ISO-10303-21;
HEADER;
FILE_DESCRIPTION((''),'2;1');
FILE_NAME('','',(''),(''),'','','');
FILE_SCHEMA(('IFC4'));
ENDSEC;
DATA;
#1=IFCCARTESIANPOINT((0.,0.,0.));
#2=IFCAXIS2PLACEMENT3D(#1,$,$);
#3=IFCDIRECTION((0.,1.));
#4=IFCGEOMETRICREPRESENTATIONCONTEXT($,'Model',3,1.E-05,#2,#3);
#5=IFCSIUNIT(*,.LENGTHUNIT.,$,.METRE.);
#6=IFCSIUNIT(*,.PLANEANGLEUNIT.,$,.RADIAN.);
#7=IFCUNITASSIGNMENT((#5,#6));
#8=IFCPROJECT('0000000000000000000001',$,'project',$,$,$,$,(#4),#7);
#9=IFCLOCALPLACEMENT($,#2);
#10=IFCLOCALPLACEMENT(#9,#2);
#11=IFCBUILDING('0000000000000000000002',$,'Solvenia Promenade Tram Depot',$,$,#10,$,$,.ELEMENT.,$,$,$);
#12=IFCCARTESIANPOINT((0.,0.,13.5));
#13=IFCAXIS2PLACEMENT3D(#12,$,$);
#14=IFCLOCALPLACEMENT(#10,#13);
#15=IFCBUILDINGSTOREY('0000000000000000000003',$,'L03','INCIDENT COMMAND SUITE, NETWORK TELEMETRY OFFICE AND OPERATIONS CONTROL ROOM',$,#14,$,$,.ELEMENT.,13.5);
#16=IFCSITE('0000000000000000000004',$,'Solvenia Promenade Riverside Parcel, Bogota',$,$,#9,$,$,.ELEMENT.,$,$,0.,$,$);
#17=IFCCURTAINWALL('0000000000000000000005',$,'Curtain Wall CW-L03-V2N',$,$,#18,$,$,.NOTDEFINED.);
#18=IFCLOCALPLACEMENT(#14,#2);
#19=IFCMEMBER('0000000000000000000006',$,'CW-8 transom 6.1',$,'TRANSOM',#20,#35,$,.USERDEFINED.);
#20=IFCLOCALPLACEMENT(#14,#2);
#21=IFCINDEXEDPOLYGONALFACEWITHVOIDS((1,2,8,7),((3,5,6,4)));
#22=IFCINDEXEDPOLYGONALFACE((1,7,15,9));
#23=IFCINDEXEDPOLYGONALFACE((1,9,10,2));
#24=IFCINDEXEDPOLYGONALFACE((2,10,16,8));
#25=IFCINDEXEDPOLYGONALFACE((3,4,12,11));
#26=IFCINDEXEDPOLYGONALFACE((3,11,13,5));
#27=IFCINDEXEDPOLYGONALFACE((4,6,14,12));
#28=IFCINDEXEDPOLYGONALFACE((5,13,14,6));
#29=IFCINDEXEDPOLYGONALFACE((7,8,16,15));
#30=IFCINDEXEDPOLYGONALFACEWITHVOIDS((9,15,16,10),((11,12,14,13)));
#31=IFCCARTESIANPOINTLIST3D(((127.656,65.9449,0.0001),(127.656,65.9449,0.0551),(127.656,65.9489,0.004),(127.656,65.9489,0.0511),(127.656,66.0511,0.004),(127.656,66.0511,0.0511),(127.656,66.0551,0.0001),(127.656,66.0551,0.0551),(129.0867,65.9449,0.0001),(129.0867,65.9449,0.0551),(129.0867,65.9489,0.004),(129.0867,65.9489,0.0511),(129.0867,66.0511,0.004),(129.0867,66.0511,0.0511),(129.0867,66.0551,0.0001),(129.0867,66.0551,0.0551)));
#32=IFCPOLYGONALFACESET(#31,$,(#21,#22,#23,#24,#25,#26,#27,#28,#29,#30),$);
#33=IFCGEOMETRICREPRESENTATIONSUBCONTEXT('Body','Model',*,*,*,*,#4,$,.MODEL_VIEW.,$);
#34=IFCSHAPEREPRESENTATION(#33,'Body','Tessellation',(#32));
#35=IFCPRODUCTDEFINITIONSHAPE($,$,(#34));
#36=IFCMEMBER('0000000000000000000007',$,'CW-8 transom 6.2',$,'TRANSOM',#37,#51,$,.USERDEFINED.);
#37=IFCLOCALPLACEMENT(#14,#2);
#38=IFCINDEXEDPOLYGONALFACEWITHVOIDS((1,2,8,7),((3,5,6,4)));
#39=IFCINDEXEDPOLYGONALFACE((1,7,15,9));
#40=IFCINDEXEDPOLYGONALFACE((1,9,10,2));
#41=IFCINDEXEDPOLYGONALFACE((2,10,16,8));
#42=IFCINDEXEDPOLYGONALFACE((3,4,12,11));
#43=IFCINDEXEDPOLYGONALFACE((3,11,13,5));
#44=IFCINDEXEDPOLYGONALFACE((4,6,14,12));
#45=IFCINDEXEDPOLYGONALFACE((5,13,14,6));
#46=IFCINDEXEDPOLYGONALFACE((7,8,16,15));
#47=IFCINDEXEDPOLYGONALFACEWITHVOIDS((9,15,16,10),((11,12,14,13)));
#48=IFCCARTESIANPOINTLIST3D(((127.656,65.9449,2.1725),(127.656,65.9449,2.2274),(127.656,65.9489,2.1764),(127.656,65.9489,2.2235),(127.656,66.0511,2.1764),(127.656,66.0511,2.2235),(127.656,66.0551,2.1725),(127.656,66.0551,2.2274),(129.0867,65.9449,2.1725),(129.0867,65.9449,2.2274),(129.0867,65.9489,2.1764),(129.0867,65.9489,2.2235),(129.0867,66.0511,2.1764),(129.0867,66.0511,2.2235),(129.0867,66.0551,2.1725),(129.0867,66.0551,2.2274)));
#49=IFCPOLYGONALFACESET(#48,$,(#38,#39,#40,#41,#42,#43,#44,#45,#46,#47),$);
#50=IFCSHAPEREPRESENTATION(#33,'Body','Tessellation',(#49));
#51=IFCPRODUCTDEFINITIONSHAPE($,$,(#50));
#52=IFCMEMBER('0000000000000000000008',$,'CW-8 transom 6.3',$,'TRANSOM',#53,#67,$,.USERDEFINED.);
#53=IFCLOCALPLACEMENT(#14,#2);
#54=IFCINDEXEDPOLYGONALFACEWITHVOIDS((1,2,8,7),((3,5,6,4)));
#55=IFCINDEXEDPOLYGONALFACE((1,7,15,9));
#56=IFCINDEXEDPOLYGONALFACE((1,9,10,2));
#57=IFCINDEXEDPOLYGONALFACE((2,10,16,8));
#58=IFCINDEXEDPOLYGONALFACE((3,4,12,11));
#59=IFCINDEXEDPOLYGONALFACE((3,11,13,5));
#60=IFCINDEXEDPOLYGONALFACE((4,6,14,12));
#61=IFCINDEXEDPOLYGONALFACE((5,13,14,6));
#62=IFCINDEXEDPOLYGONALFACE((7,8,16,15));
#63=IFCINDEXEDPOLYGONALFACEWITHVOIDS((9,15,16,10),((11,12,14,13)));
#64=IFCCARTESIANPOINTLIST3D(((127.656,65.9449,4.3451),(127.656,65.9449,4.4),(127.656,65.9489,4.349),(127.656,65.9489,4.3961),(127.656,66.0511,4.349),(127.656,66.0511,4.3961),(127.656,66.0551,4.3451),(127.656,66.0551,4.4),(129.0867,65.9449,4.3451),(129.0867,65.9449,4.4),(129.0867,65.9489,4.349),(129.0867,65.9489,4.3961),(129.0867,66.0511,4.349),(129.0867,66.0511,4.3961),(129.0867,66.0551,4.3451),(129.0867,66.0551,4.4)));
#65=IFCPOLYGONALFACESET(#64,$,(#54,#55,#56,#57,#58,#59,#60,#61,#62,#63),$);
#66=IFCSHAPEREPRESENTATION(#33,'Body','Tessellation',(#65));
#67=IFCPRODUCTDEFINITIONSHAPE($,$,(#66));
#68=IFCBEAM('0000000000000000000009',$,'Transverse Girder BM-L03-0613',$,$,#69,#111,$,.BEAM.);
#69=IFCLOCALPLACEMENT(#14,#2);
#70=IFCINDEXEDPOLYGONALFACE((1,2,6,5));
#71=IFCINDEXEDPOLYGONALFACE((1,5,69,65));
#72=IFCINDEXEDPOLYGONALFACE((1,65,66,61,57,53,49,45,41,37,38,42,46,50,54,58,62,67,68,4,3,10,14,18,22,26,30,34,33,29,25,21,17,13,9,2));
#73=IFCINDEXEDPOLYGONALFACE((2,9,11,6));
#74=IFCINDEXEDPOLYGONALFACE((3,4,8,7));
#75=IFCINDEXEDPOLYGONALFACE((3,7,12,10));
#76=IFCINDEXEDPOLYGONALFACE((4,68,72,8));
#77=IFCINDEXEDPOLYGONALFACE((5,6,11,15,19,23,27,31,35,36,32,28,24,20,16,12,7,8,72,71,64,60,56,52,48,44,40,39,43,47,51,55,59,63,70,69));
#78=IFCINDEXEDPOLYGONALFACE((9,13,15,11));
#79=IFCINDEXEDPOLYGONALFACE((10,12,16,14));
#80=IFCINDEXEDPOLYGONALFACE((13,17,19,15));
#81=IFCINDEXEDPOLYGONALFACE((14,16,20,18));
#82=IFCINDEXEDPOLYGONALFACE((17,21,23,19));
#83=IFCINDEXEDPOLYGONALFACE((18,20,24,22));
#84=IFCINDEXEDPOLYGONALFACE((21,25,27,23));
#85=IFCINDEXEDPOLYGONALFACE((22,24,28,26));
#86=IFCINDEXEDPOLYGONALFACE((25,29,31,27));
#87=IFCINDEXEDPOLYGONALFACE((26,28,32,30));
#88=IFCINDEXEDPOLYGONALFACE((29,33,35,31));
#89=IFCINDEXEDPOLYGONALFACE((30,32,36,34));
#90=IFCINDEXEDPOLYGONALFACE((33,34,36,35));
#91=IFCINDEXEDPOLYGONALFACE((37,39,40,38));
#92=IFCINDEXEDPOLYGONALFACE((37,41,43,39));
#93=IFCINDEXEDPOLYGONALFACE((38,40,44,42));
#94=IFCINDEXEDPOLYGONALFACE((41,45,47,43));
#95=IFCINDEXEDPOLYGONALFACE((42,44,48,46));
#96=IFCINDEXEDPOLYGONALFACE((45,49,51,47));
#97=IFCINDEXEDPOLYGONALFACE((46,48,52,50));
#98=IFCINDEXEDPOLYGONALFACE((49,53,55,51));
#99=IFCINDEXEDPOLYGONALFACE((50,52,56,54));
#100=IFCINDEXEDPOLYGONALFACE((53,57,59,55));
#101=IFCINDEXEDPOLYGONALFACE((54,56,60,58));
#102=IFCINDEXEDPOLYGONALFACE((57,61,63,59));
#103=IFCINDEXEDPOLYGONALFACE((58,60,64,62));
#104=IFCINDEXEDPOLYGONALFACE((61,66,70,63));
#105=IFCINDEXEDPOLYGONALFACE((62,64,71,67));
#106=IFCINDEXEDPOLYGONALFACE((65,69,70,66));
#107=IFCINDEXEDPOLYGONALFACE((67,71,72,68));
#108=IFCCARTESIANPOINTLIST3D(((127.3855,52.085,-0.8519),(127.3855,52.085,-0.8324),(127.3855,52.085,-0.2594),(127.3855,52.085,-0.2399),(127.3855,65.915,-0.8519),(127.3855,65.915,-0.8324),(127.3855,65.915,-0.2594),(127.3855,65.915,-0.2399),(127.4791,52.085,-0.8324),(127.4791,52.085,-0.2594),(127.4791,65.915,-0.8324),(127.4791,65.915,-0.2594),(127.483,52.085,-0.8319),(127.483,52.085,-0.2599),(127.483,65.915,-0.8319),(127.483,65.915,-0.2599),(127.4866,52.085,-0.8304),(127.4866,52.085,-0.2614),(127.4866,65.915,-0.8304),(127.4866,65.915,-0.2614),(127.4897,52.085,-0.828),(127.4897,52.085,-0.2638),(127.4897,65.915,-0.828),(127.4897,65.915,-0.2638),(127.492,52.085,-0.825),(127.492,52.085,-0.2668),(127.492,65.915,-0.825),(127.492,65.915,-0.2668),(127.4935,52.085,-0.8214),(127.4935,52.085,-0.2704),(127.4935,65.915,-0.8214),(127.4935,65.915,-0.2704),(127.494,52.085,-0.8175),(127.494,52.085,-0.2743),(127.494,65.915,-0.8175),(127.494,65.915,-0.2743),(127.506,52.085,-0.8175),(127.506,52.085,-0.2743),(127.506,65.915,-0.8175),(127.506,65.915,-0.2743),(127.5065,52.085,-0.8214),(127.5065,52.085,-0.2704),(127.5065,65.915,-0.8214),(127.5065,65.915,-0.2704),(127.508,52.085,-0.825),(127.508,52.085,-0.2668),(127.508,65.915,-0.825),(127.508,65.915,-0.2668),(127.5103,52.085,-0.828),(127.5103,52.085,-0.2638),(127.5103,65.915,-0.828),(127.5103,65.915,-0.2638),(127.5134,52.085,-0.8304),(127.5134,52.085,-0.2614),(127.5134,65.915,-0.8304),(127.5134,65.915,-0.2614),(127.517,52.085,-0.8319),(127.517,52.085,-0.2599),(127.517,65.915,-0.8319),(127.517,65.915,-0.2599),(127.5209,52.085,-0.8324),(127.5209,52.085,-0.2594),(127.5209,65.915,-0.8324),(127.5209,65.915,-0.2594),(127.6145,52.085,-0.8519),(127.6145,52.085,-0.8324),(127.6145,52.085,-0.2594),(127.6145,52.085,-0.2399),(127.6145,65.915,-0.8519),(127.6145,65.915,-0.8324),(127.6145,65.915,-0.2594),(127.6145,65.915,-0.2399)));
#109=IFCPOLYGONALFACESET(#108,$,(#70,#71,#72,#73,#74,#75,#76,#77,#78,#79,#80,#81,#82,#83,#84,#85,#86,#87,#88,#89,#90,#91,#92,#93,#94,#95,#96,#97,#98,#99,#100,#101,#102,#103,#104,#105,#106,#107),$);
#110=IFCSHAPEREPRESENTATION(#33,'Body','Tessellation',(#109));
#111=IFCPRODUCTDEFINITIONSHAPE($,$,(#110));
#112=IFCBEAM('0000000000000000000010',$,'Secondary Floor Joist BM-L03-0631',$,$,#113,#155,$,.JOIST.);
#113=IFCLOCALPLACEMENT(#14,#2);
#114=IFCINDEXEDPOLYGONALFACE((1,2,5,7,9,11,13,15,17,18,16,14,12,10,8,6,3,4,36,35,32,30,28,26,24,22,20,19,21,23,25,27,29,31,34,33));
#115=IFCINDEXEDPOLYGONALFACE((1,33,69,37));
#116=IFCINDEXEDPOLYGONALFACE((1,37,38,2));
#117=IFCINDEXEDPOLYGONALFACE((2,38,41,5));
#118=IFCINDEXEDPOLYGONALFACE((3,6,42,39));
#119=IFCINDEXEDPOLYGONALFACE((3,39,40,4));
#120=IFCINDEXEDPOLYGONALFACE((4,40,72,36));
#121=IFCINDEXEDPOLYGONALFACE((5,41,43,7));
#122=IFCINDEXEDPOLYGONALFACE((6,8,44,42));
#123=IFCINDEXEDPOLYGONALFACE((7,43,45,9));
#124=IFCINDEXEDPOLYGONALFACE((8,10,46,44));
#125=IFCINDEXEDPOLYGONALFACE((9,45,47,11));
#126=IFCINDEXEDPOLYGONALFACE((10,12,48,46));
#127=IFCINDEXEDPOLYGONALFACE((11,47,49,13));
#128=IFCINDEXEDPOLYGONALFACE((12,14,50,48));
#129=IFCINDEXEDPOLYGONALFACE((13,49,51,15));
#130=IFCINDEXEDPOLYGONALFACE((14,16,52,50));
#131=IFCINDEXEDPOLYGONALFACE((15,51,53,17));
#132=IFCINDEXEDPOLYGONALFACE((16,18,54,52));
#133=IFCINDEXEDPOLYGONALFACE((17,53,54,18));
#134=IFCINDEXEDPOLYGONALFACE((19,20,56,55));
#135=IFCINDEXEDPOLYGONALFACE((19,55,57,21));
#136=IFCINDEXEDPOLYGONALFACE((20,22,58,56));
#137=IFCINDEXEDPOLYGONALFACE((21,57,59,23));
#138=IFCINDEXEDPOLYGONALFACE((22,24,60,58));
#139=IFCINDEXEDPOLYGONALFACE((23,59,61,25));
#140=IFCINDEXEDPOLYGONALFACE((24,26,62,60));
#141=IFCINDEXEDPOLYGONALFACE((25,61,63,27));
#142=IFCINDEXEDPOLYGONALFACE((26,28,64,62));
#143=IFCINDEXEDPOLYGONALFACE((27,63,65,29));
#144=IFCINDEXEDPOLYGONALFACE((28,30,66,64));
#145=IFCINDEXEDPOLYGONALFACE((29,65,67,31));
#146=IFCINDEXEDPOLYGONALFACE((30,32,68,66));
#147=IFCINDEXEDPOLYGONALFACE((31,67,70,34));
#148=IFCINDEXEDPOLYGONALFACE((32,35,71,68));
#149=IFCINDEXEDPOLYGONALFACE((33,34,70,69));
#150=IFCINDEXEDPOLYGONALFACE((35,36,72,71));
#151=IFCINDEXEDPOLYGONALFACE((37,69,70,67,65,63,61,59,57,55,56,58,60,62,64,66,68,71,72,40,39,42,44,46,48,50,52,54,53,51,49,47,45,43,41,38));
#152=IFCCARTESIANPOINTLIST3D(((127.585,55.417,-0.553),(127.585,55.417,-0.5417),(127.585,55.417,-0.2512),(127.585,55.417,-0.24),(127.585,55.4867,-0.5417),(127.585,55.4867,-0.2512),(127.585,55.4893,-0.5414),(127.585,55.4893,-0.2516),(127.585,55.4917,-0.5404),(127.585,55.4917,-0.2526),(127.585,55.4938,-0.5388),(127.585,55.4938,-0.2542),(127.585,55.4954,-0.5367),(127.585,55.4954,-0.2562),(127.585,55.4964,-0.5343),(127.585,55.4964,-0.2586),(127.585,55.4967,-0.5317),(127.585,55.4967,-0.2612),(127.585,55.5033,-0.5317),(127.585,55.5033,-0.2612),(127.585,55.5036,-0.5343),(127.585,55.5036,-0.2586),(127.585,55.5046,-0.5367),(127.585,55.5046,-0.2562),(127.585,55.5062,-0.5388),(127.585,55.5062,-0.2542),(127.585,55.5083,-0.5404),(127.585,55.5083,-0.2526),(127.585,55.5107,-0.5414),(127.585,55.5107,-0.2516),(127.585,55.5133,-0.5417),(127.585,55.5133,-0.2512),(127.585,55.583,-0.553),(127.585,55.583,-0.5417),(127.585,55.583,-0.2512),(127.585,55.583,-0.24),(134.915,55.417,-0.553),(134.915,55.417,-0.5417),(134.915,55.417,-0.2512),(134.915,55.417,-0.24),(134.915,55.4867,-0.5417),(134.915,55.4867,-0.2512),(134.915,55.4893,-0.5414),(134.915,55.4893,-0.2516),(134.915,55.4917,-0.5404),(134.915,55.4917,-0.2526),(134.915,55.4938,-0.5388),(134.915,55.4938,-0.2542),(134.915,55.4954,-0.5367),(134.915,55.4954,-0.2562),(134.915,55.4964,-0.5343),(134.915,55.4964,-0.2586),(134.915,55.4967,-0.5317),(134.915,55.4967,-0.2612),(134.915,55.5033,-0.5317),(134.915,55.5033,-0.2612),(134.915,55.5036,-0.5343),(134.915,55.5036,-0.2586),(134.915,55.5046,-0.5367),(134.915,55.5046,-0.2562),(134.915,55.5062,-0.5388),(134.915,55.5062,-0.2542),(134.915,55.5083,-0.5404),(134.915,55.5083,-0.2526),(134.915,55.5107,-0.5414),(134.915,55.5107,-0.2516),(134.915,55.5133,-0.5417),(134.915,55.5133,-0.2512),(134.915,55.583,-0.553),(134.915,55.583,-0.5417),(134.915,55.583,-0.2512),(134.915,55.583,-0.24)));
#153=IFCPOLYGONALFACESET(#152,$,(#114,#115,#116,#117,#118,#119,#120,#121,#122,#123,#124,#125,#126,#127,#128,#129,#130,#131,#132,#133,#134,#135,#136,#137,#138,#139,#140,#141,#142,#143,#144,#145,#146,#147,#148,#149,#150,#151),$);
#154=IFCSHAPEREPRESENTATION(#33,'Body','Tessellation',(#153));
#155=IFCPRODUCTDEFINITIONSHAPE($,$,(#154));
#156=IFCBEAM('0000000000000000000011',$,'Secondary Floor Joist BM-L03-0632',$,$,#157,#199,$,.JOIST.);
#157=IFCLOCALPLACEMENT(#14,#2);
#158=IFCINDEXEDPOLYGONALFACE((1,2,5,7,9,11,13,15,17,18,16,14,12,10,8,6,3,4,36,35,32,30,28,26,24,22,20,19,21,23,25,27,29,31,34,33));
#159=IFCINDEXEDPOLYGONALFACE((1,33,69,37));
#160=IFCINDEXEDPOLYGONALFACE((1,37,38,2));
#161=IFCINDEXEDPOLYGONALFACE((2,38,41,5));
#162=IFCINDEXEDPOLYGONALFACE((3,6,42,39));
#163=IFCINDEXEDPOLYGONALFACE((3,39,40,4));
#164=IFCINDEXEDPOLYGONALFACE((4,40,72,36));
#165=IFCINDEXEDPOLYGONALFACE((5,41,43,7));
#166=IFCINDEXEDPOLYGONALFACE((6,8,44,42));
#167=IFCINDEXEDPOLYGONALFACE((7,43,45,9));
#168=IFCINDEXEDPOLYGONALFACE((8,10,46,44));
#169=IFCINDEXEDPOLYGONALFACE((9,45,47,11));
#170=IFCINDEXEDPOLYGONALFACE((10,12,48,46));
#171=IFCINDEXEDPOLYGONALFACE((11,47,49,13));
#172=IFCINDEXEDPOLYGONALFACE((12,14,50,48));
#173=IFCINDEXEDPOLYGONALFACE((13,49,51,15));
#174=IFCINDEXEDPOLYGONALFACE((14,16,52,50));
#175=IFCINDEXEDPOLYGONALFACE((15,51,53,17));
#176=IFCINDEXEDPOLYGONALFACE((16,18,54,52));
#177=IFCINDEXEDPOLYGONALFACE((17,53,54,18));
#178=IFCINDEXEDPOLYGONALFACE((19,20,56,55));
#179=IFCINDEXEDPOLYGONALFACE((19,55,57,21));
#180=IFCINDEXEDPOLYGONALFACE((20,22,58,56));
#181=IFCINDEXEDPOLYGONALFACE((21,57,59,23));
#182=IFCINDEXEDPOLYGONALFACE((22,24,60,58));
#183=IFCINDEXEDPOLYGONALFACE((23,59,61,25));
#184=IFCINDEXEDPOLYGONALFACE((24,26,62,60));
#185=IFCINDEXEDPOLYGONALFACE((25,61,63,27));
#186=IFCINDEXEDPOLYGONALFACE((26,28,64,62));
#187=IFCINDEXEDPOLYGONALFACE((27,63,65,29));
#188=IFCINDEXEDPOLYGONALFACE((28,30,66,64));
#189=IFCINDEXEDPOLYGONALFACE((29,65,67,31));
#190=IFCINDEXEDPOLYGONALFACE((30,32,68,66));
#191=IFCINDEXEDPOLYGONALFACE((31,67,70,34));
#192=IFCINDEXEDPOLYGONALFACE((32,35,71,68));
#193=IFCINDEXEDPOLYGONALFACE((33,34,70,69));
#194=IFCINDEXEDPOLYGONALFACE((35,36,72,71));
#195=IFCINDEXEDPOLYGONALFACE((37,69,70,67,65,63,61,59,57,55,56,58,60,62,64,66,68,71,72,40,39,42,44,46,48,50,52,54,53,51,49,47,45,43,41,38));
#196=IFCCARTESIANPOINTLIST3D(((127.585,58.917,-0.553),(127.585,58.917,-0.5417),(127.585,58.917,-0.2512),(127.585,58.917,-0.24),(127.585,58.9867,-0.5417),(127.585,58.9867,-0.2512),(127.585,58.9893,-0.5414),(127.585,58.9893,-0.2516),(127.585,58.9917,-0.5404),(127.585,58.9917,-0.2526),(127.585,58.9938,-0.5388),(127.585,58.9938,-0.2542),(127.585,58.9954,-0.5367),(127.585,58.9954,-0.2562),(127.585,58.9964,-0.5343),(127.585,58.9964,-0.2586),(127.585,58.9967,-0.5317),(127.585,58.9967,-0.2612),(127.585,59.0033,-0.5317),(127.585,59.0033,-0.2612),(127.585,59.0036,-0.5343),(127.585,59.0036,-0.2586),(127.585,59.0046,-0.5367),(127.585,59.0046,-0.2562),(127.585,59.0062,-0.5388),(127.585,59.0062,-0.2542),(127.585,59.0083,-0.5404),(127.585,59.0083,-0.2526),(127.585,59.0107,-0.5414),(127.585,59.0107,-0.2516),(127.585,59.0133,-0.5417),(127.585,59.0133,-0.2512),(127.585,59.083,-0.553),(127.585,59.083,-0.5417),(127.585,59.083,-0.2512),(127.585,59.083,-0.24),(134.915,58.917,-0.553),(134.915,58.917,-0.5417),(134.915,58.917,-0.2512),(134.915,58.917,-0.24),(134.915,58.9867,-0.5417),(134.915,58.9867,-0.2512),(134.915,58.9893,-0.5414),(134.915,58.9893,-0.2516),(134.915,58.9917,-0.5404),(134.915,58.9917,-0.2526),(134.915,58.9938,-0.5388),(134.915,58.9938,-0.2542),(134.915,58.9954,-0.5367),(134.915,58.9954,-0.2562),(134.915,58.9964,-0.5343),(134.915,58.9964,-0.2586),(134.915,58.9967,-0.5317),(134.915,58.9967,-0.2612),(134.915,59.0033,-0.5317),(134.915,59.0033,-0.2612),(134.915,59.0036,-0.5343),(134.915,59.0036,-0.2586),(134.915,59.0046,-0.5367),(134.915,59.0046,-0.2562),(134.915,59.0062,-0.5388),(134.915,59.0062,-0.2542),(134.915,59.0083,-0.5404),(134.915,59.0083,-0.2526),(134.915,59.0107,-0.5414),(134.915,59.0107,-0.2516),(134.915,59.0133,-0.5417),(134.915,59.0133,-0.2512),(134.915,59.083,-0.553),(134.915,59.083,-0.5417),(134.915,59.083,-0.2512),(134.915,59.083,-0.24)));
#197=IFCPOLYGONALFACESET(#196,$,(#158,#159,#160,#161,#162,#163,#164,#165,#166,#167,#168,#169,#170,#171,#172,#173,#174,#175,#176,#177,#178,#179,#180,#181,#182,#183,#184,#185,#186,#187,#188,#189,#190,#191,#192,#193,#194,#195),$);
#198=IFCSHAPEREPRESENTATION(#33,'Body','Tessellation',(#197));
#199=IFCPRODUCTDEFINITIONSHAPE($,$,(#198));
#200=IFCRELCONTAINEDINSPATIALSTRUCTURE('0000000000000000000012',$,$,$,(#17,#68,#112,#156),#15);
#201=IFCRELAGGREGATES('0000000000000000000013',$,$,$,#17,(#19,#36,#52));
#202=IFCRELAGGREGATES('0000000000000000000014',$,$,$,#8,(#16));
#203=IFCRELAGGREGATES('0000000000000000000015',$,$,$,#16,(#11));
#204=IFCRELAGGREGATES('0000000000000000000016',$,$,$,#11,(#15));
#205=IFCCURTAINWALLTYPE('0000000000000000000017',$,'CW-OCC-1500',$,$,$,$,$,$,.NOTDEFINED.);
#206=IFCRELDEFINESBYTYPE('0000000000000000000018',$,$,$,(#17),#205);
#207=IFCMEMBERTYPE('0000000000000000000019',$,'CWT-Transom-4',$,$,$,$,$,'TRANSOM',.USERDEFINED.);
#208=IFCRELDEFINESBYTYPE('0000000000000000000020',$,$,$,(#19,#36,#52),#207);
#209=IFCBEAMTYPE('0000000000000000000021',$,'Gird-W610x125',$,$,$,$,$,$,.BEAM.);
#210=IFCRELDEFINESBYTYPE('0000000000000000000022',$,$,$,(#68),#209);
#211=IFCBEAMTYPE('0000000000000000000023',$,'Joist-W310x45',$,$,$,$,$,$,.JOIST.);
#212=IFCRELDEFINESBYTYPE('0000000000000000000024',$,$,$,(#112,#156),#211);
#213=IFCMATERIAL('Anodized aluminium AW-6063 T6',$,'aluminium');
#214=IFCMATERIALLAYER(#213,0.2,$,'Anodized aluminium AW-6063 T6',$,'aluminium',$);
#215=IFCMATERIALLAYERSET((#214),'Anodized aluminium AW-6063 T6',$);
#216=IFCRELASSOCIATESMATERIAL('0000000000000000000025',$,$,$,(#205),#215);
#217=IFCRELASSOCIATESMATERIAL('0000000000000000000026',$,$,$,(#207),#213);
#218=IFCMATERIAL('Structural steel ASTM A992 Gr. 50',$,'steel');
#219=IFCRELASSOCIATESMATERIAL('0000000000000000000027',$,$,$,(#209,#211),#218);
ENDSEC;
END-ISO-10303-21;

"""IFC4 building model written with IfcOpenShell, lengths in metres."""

from ifc_helpers import new_model, si_unit, direction, frame, origin, origin_2d, place, context, subcontext, project, spatial, hollow_rectangle, i_section, extrude, material, layer, layer_set, material_profile, profile_set, type_object, element, aggregate, save


model = new_model("IFC4")

# Units and contexts
model_context = context("Model", 3, precision=1e-05, world=origin(), true_north=direction((0.0, 1.0)))
body_context = subcontext(model_context, "Body", "Model", "MODEL_VIEW")
ifc_project = project(units=[si_unit("LENGTHUNIT", "METRE"), si_unit("PLANEANGLEUNIT", "RADIAN")], contexts=[model_context])

# Site, building, storey
site_placement = place(None, origin())
site = spatial("IfcSite", under=ifc_project, at=site_placement, Name="Solvenia Promenade Riverside Parcel, Bogota", CompositionType="ELEMENT", RefElevation=0.0)
building_placement = place(site_placement, origin())
building = spatial("IfcBuilding", under=site, at=building_placement, Name="Solvenia Promenade Tram Depot", CompositionType="ELEMENT")
storey_placement = place(building_placement, frame((0.0, 0.0, 13.5)))
storey = spatial("IfcBuildingStorey", under=building, at=storey_placement, Name="L03", Description="INCIDENT COMMAND SUITE, NETWORK TELEMETRY OFFICE AND OPERATIONS CONTROL ROOM", CompositionType="ELEMENT", Elevation=13.5)

# Shared definitions
ifc_material_1 = material(Name="Structural steel ASTM A992 Gr. 50", Category="steel")

# Curtain wall, members
ifc_material_2 = material(Name="Anodized aluminium AW-6063 T6", Category="aluminium")
ifc_layer_1 = layer(ifc_material_2, 0.2, Name="Anodized aluminium AW-6063 T6", Category="aluminium")
ifc_layer_set_1 = layer_set([ifc_layer_1], Name="Anodized aluminium AW-6063 T6")
curtain_wall_type = type_object("IfcCurtainWallType", Name="CW-OCC-1500", PredefinedType="NOTDEFINED", material=ifc_layer_set_1)
curtain_wall_placement = place(storey_placement, origin())
curtain_wall = element("IfcCurtainWall", 1, at=curtain_wall_placement, inside=storey, type_object=curtain_wall_type, Name="Curtain Wall CW-L03-V2N", PredefinedType="NOTDEFINED")
ifc_material_profile_1 = material_profile(ifc_material_2, hollow_rectangle(XDim=0.1101, YDim=0.0549, WallThickness=0.0039, at=origin_2d()), Name="ALU-T4", Category="aluminium")
ifc_profile_set_1 = profile_set([ifc_material_profile_1], Name="Anodized aluminium AW-6063 T6")
member_type_1 = type_object("IfcMemberType", Name="CWT-Transom-4", ElementType="TRANSOM", PredefinedType="USERDEFINED", material=ifc_profile_set_1)
member_1_placement = place(storey_placement, frame((127.656, 66.0, 0.0276), z_axis=(1.0, 0.0, 0.0), x_axis=(0.0, 1.0, 0.0)))
member_1 = element("IfcMember", 2, at=member_1_placement, type_object=member_type_1, Name="CW-8 transom 6.1", ObjectType="TRANSOM", PredefinedType="USERDEFINED", context=body_context, shape_type="SweptSolid", body=[
    extrude(hollow_rectangle(XDim=0.1101, YDim=0.0549, WallThickness=0.0039, at=origin_2d()), origin(), (0.0, 0.0, 1.0), 1.4307),
])
member_2_placement = place(storey_placement, frame((127.656, 66.0, 2.2), z_axis=(1.0, 0.0, 0.0), x_axis=(0.0, 1.0, 0.0)))
member_2 = element("IfcMember", 3, at=member_2_placement, type_object=member_type_1, Name="CW-8 transom 6.2", ObjectType="TRANSOM", PredefinedType="USERDEFINED", context=body_context, shape_type="SweptSolid", body=[
    extrude(hollow_rectangle(XDim=0.1101, YDim=0.0549, WallThickness=0.0039, at=origin_2d()), origin(), (0.0, 0.0, 1.0), 1.4307),
])
member_3_placement = place(storey_placement, frame((127.656, 66.0, 4.3726), z_axis=(1.0, 0.0, 0.0), x_axis=(0.0, 1.0, 0.0)))
member_3 = element("IfcMember", 4, at=member_3_placement, type_object=member_type_1, Name="CW-8 transom 6.3", ObjectType="TRANSOM", PredefinedType="USERDEFINED", context=body_context, shape_type="SweptSolid", body=[
    extrude(hollow_rectangle(XDim=0.1101, YDim=0.0549, WallThickness=0.0039, at=origin_2d()), origin(), (0.0, 0.0, 1.0), 1.4307),
])

# Beams
ifc_material_profile_2 = material_profile(ifc_material_1, i_section(OverallWidth=0.229, OverallDepth=0.6121, WebThickness=0.012, FlangeThickness=0.0195, FilletRadius=0.0149, at=origin_2d()), Name="W610x125", Category="steel")
ifc_profile_set_2 = profile_set([ifc_material_profile_2], Name="Structural steel ASTM A992 Gr. 50")
beam_type_1 = type_object("IfcBeamType", Name="Gird-W610x125", PredefinedType="BEAM", material=ifc_profile_set_2)
beam_1_placement = place(storey_placement, frame((127.5, 52.085, -0.5459), z_axis=(0.0, 1.0, 0.0), x_axis=(-1.0, 0.0, 0.0)))
element("IfcBeam", 5, at=beam_1_placement, inside=storey, type_object=beam_type_1, Name="Transverse Girder BM-L03-0613", PredefinedType="BEAM", context=body_context, shape_type="SweptSolid", body=[
    extrude(i_section(OverallWidth=0.229, OverallDepth=0.6121, WebThickness=0.012, FlangeThickness=0.0195, FilletRadius=0.0149, at=origin_2d()), origin(), (0.0, 0.0, 1.0), 13.8301),
])
ifc_material_profile_3 = material_profile(ifc_material_1, i_section(OverallWidth=0.166, OverallDepth=0.313, WebThickness=0.0066, FlangeThickness=0.0112, FilletRadius=0.01, at=origin_2d()), Name="W310x45", Category="steel")
ifc_profile_set_3 = profile_set([ifc_material_profile_3], Name="Structural steel ASTM A992 Gr. 50")
beam_type_2 = type_object("IfcBeamType", Name="Joist-W310x45", PredefinedType="JOIST", material=ifc_profile_set_3)
for number, where, z_axis, x_axis, name in (
    (6, (127.585, 55.5, -0.3965), (1.0, 0.0, 0.0), (0.0, 1.0, 0.0), "Secondary Floor Joist BM-L03-0631"),
    (7, (127.585, 59.0, -0.3965), (1.0, 0.0, 0.0), (0.0, 1.0, 0.0), "Secondary Floor Joist BM-L03-0632"),
):
    element("IfcBeam", number, at=place(storey_placement, frame(where, z_axis=z_axis, x_axis=x_axis)), inside=storey, type_object=beam_type_2, Name=name, PredefinedType="JOIST", context=body_context, shape_type="SweptSolid", body=[
        extrude(i_section(OverallWidth=0.166, OverallDepth=0.313, WebThickness=0.0066, FlangeThickness=0.0112, FilletRadius=0.01, at=origin_2d()), origin(), (0.0, 0.0, 1.0), 7.3301),
    ])

aggregate(curtain_wall, [member_1, member_2, member_3])

save(model, "model.ifc")
